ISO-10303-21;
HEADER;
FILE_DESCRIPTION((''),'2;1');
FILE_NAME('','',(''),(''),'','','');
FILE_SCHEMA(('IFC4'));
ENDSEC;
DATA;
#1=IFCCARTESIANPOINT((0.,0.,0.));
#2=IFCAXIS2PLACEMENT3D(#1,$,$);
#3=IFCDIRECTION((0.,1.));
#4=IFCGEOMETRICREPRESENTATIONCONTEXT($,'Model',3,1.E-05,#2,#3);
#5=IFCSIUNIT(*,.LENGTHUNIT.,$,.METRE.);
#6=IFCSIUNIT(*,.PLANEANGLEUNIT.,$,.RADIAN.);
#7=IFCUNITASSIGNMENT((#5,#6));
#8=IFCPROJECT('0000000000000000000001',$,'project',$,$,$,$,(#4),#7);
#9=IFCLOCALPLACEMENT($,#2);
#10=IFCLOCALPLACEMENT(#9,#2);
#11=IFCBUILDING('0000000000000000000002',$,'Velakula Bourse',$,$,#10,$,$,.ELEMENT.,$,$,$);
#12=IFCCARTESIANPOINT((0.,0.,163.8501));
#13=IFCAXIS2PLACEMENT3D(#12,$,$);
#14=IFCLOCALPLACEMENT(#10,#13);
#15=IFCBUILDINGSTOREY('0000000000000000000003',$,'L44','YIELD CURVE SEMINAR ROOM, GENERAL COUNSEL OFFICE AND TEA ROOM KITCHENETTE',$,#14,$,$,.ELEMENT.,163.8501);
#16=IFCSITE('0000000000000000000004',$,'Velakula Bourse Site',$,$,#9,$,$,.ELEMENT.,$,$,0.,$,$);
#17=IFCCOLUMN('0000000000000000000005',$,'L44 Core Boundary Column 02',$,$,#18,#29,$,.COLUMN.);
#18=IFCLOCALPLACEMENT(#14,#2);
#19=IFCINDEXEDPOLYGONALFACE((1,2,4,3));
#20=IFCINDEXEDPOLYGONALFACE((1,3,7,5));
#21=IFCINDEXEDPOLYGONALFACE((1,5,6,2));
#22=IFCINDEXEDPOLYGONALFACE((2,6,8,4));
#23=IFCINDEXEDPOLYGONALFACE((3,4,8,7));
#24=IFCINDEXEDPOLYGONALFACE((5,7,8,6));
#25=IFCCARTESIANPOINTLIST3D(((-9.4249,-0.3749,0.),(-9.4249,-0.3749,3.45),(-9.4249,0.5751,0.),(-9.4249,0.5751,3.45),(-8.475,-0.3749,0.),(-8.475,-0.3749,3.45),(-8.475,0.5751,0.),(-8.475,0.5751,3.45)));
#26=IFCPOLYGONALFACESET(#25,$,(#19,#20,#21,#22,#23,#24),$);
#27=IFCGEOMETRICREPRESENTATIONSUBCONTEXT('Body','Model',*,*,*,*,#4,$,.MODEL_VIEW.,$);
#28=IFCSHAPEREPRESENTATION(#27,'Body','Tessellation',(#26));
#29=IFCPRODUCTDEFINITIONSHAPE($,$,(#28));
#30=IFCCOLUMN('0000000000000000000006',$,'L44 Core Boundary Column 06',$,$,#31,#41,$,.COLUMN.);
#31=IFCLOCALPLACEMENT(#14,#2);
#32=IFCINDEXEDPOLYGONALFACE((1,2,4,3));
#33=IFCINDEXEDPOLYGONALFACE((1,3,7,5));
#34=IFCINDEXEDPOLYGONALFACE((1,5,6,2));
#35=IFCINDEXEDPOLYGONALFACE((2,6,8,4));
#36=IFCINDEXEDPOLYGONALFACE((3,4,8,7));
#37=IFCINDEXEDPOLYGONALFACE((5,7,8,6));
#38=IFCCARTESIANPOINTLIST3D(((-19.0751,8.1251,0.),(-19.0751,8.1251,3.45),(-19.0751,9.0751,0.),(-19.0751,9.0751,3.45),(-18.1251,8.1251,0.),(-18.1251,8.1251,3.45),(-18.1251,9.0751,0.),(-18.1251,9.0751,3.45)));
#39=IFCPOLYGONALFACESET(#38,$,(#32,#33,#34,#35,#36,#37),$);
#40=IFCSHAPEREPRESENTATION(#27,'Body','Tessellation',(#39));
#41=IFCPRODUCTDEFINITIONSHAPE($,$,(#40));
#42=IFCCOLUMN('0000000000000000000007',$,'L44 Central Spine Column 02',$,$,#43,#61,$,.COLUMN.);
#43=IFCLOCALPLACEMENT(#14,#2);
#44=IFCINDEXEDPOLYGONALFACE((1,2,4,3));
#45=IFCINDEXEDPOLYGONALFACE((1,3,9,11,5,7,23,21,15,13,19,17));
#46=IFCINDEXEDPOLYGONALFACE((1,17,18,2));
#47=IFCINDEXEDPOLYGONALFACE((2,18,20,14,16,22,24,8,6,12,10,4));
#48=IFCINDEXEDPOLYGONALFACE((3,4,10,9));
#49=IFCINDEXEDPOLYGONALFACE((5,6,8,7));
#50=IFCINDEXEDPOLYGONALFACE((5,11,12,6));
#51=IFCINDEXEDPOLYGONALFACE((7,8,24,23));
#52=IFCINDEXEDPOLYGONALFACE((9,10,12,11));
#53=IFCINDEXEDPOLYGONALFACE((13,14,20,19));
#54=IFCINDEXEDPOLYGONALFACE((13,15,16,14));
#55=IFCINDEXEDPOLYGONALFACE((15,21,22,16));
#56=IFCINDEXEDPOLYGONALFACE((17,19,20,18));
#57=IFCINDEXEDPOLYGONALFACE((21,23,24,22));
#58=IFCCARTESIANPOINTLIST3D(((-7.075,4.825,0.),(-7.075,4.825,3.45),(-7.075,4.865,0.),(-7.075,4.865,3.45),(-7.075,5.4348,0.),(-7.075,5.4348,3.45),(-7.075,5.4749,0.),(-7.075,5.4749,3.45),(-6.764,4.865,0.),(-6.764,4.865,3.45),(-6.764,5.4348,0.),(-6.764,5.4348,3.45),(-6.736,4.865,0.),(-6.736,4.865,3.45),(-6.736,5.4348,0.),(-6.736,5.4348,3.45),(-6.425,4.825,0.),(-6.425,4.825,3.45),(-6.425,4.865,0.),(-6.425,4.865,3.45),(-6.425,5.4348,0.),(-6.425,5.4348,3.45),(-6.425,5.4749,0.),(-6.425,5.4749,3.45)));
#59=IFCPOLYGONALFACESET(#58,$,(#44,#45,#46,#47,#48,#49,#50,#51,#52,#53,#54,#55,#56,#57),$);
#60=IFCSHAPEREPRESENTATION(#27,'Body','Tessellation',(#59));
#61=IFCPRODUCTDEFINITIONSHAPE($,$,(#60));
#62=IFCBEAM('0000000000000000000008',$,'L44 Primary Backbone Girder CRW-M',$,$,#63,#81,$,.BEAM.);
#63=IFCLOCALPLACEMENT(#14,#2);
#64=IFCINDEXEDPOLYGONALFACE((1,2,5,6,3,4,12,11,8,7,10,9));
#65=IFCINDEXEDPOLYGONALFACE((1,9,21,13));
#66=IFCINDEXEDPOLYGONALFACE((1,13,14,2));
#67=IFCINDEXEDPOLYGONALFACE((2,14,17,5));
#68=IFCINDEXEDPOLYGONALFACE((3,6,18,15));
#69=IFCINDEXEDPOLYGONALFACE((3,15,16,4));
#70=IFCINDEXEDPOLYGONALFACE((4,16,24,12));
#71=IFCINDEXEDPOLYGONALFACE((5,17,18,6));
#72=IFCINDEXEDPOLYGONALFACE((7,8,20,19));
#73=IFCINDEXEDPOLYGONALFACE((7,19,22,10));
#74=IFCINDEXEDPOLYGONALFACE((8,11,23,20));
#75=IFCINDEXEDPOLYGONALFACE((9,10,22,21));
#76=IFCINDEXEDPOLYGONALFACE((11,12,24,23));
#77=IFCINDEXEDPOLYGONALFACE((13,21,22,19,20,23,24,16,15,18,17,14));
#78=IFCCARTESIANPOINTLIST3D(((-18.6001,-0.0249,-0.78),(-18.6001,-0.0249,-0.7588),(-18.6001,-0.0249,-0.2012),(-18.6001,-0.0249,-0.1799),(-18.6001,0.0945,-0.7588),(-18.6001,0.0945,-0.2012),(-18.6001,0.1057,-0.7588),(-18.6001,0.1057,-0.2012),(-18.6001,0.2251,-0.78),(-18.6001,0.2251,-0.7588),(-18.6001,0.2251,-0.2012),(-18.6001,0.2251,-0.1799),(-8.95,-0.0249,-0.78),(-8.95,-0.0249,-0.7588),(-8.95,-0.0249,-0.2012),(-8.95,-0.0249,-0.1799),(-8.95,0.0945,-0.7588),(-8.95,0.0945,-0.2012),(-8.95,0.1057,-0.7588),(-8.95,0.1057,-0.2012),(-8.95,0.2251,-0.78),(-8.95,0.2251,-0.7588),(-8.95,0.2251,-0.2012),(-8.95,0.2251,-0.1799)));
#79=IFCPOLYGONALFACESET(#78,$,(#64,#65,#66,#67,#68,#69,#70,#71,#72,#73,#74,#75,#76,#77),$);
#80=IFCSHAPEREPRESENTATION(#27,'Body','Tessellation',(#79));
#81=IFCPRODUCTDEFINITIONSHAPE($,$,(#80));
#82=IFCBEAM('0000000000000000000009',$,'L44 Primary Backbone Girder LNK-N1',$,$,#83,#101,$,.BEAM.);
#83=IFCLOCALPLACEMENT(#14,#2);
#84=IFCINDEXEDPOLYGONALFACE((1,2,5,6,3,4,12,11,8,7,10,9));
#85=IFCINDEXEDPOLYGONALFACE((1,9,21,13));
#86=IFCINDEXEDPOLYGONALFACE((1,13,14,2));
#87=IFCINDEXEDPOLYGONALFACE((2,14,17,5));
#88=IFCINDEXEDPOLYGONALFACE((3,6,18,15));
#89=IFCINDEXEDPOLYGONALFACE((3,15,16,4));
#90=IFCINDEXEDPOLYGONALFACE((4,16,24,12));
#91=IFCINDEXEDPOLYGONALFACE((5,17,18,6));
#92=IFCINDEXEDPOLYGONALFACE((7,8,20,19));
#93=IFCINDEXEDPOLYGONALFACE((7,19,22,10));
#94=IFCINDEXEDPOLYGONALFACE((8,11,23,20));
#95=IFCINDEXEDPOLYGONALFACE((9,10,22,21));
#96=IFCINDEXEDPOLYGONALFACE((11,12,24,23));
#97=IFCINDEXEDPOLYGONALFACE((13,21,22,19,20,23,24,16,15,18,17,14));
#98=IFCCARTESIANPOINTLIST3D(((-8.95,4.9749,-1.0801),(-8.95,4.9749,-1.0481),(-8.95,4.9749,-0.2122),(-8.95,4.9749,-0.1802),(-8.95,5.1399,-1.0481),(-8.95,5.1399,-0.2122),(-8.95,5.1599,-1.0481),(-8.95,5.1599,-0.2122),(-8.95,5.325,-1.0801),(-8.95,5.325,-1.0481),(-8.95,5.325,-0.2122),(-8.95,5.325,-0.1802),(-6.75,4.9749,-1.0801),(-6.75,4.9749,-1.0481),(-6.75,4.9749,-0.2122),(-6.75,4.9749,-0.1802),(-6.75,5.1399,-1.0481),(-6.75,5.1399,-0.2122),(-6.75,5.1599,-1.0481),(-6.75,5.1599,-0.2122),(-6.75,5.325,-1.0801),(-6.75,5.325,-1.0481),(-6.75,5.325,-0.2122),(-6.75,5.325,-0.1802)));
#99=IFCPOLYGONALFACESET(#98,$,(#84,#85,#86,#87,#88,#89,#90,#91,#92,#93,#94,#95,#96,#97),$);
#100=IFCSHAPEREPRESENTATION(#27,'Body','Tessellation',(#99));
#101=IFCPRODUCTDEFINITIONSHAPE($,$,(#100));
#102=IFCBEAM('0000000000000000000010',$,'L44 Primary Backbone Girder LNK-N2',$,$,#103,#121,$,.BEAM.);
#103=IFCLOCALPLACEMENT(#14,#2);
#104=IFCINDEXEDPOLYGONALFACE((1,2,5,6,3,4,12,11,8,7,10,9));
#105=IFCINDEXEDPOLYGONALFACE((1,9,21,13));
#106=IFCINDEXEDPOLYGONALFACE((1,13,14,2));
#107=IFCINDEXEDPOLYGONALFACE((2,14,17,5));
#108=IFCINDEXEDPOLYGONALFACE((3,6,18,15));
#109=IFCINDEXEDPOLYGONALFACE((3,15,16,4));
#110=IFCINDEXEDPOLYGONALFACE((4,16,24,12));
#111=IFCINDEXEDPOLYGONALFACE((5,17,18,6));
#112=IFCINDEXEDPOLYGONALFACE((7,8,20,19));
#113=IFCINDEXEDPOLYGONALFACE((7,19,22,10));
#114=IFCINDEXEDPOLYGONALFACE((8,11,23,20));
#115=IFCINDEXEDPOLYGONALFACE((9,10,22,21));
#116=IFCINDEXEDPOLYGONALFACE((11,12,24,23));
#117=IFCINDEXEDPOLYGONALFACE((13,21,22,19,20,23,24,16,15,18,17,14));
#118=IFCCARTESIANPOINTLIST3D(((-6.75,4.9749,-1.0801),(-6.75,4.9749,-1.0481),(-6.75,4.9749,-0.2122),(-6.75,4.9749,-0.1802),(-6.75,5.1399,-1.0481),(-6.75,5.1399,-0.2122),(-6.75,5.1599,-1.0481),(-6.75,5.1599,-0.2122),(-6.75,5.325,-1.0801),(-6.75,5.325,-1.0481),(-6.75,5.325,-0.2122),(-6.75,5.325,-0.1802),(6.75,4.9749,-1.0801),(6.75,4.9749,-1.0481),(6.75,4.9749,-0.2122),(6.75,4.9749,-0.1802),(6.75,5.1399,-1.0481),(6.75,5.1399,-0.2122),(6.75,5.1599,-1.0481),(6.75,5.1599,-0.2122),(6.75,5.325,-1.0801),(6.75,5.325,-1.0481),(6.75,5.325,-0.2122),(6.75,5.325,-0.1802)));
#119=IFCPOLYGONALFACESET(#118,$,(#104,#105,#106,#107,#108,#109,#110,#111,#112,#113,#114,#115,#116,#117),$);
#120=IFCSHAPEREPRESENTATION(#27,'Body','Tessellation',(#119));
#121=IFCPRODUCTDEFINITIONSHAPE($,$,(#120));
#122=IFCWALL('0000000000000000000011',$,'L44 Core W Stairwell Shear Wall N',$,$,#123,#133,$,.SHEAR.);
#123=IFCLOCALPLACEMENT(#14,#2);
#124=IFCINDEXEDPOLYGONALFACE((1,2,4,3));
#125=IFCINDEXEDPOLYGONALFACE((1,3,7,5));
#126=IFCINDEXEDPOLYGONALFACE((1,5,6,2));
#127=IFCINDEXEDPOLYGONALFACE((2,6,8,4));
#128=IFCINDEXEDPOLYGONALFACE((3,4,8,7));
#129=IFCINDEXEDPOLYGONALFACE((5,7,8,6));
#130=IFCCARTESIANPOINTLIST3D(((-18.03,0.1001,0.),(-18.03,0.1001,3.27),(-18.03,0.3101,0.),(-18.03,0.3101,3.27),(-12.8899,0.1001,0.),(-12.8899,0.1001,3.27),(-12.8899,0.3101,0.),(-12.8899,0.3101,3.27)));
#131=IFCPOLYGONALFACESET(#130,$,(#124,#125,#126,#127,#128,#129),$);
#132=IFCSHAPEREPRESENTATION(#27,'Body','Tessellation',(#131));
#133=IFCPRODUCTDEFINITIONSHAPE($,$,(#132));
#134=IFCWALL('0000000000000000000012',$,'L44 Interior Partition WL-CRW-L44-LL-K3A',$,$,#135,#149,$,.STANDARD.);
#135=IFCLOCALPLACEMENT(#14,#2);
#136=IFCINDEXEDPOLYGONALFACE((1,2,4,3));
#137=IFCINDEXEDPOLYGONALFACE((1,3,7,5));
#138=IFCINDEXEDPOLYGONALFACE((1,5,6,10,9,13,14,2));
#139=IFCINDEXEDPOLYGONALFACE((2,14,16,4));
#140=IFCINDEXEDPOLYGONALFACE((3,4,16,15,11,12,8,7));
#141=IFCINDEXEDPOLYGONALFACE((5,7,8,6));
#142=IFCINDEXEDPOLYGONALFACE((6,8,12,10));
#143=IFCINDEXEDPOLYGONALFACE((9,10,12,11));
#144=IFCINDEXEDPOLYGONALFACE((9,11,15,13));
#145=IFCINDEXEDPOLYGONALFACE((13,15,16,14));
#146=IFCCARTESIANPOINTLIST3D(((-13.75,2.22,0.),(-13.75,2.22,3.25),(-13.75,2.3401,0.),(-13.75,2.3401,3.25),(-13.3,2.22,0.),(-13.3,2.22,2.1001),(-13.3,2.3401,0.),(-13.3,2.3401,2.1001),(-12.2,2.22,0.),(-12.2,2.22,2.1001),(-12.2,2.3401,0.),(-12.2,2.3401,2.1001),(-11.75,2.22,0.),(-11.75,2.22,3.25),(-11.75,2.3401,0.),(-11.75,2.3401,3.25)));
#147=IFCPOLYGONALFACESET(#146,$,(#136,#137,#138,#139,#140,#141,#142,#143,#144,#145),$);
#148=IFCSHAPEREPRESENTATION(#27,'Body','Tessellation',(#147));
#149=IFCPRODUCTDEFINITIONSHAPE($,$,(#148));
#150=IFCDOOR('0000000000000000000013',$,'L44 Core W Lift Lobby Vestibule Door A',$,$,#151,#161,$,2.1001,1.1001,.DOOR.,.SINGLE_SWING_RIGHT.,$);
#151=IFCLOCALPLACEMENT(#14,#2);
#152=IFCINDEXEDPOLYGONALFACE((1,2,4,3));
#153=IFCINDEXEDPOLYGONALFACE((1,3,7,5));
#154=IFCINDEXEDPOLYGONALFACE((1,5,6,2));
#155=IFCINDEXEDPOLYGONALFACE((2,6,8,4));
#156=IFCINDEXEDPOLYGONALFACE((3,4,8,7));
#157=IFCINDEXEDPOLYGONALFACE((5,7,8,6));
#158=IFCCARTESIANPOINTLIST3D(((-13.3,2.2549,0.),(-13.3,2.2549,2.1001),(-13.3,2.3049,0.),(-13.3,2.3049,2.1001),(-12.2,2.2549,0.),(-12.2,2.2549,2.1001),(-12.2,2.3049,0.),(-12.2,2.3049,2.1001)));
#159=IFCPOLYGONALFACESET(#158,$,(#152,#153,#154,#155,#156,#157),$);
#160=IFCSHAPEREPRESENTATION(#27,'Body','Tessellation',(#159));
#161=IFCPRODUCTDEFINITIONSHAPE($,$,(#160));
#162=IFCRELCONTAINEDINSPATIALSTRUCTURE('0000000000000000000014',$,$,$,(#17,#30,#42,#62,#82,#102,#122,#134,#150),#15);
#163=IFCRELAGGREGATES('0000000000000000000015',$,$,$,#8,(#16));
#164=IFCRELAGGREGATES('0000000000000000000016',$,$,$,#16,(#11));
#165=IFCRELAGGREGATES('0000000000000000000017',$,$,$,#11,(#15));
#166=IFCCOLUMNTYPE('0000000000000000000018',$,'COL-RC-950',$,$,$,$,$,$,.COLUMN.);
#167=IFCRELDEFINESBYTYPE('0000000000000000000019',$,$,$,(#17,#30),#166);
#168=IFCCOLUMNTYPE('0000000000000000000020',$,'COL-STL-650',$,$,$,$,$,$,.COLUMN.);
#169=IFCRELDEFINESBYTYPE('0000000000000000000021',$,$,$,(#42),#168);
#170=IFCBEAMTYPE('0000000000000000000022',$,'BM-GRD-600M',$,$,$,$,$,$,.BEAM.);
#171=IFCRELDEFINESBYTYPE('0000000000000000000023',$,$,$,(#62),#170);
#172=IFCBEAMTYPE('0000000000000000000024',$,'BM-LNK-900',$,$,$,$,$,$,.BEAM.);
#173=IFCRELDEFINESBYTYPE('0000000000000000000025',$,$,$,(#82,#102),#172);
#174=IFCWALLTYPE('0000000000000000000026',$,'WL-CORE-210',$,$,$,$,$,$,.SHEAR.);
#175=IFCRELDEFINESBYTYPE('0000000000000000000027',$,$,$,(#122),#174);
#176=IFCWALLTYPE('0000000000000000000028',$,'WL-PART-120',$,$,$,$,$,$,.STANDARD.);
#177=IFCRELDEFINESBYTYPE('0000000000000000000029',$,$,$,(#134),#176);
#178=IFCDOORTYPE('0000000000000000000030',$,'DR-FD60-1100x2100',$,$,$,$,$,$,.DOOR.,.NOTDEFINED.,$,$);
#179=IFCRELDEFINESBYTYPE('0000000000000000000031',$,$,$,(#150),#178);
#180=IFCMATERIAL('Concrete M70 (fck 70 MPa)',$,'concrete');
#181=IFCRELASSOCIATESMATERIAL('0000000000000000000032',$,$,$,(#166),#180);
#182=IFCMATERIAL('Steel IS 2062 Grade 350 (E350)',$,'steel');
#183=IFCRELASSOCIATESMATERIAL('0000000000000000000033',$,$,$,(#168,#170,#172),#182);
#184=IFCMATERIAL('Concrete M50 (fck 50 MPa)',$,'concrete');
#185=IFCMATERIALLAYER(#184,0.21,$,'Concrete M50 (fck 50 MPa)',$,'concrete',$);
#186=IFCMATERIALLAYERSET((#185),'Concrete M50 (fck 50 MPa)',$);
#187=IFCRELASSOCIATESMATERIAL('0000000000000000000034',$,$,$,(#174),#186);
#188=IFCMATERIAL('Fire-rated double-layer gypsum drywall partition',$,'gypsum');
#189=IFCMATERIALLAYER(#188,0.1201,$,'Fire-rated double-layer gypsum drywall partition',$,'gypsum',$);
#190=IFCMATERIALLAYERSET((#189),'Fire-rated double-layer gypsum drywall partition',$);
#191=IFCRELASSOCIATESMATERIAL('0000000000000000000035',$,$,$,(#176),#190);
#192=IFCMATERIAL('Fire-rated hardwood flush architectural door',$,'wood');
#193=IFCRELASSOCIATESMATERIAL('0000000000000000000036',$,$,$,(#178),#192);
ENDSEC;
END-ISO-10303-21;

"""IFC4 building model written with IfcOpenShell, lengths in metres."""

from ifc_helpers import new_model, si_unit, direction, frame, frame_2d, origin, origin_2d, place, context, subcontext, project, spatial, rectangle, i_section, extrude, material, layer, layer_set, material_profile, profile_set, type_object, element, fill, save


model = new_model("IFC4")

# Units and contexts
model_context = context("Model", 3, precision=1e-05, world=origin(), true_north=direction((0.0, 1.0)))
body_context = subcontext(model_context, "Body", "Model", "MODEL_VIEW")
ifc_project = project(units=[si_unit("LENGTHUNIT", "METRE"), si_unit("PLANEANGLEUNIT", "RADIAN")], contexts=[model_context])

# Site, building, storey
site_placement = place(None, origin())
site = spatial("IfcSite", under=ifc_project, at=site_placement, Name="Velakula Bourse Site", CompositionType="ELEMENT", RefElevation=0.0)
building_placement = place(site_placement, origin())
building = spatial("IfcBuilding", under=site, at=building_placement, Name="Velakula Bourse", CompositionType="ELEMENT")
storey_placement = place(building_placement, frame((0.0, 0.0, 163.8501)))
storey = spatial("IfcBuildingStorey", under=building, at=storey_placement, Name="L44", Description="YIELD CURVE SEMINAR ROOM, GENERAL COUNSEL OFFICE AND TEA ROOM KITCHENETTE", CompositionType="ELEMENT", Elevation=163.8501)

# Columns
ifc_material_1 = material(Name="Concrete M70 (fck 70 MPa)", Category="concrete")
ifc_material_profile_1 = material_profile(ifc_material_1, rectangle(XDim=0.95, YDim=0.95, at=origin_2d()), Name="Concrete M70 (fck 70 MPa)")
ifc_profile_set_1 = profile_set([ifc_material_profile_1], Name="Concrete M70 (fck 70 MPa)")
column_type_1 = type_object("IfcColumnType", Name="COL-RC-950", PredefinedType="COLUMN", material=ifc_profile_set_1)
for number, where, z_axis, x_axis, name in (
    (1, (-8.95, 0.1001, 0.0), (0.0, 0.0, 1.0), (1.0, 0.0, 0.0), "L44 Core Boundary Column 02"),
    (2, (-18.6001, 8.6001, 0.0), (0.0, 0.0, 1.0), (1.0, 0.0, 0.0), "L44 Core Boundary Column 06"),
):
    element("IfcColumn", number, at=place(storey_placement, frame(where, z_axis=z_axis, x_axis=x_axis)), inside=storey, type_object=column_type_1, Name=name, PredefinedType="COLUMN", context=body_context, shape_type="SweptSolid", body=[
        extrude(rectangle(XDim=0.95, YDim=0.95, at=origin_2d()), origin(), (0.0, 0.0, 1.0), 3.45),
    ])
ifc_material_2 = material(Name="Steel IS 2062 Grade 350 (E350)", Category="steel")
ifc_material_profile_2 = material_profile(ifc_material_2, i_section(OverallWidth=0.6499, OverallDepth=0.6499, WebThickness=0.0281, FlangeThickness=0.04, at=origin_2d()), Name="Steel IS 2062 Grade 350 (E350)")
ifc_profile_set_2 = profile_set([ifc_material_profile_2], Name="Steel IS 2062 Grade 350 (E350)")
column_type_2 = type_object("IfcColumnType", Name="COL-STL-650", PredefinedType="COLUMN", material=ifc_profile_set_2)
column_placement = place(storey_placement, frame((-6.75, 5.1499, 0.0), z_axis=(0.0, 0.0, 1.0), x_axis=(1.0, 0.0, 0.0)))
element("IfcColumn", 3, at=column_placement, inside=storey, type_object=column_type_2, Name="L44 Central Spine Column 02", PredefinedType="COLUMN", context=body_context, shape_type="SweptSolid", body=[
    extrude(i_section(OverallWidth=0.6499, OverallDepth=0.6499, WebThickness=0.0281, FlangeThickness=0.04, at=origin_2d()), origin(), (0.0, 0.0, 1.0), 3.45),
])

# Beams
ifc_material_profile_3 = material_profile(ifc_material_2, i_section(OverallWidth=0.25, OverallDepth=0.6001, WebThickness=0.0112, FlangeThickness=0.0212, at=origin_2d()), Name="Steel IS 2062 Grade 350 (E350)")
ifc_profile_set_3 = profile_set([ifc_material_profile_3], Name="Steel IS 2062 Grade 350 (E350)")
beam_type_1 = type_object("IfcBeamType", Name="BM-GRD-600M", PredefinedType="BEAM", material=ifc_profile_set_3)
beam_1_placement = place(storey_placement, frame((-18.6001, 0.1001, -0.48), z_axis=(1.0, 0.0, 0.0), x_axis=(0.0, 1.0, 0.0)))
element("IfcBeam", 4, at=beam_1_placement, inside=storey, type_object=beam_type_1, Name="L44 Primary Backbone Girder CRW-M", PredefinedType="BEAM", context=body_context, shape_type="SweptSolid", body=[
    extrude(i_section(OverallWidth=0.25, OverallDepth=0.6001, WebThickness=0.0112, FlangeThickness=0.0212, at=origin_2d()), origin(), (0.0, 0.0, 1.0), 9.6501),
])
ifc_material_profile_4 = material_profile(ifc_material_2, i_section(OverallWidth=0.3501, OverallDepth=0.8999, WebThickness=0.02, FlangeThickness=0.032, at=origin_2d()), Name="Steel IS 2062 Grade 350 (E350)")
ifc_profile_set_4 = profile_set([ifc_material_profile_4], Name="Steel IS 2062 Grade 350 (E350)")
beam_type_2 = type_object("IfcBeamType", Name="BM-LNK-900", PredefinedType="BEAM", material=ifc_profile_set_4)
beam_2_placement = place(storey_placement, frame((-8.95, 5.1499, -0.6301), z_axis=(1.0, 0.0, 0.0), x_axis=(0.0, 1.0, 0.0)))
element("IfcBeam", 5, at=beam_2_placement, inside=storey, type_object=beam_type_2, Name="L44 Primary Backbone Girder LNK-N1", PredefinedType="BEAM", context=body_context, shape_type="SweptSolid", body=[
    extrude(i_section(OverallWidth=0.3501, OverallDepth=0.8999, WebThickness=0.02, FlangeThickness=0.032, at=origin_2d()), origin(), (0.0, 0.0, 1.0), 2.2),
])
beam_3_placement = place(storey_placement, frame((-6.75, 5.1499, -0.6301), z_axis=(1.0, 0.0, 0.0), x_axis=(0.0, 1.0, 0.0)))
element("IfcBeam", 6, at=beam_3_placement, inside=storey, type_object=beam_type_2, Name="L44 Primary Backbone Girder LNK-N2", PredefinedType="BEAM", context=body_context, shape_type="SweptSolid", body=[
    extrude(i_section(OverallWidth=0.3501, OverallDepth=0.8999, WebThickness=0.02, FlangeThickness=0.032, at=origin_2d()), origin(), (0.0, 0.0, 1.0), 13.5),
])

# Wall
ifc_material_3 = material(Name="Concrete M50 (fck 50 MPa)", Category="concrete")
ifc_layer_1 = layer(ifc_material_3, 0.21, Name="Concrete M50 (fck 50 MPa)", Category="concrete")
ifc_layer_set_1 = layer_set([ifc_layer_1], Name="Concrete M50 (fck 50 MPa)")
wall_type_1 = type_object("IfcWallType", Name="WL-CORE-210", PredefinedType="SHEAR", material=ifc_layer_set_1)
wall_1_placement = place(storey_placement, frame((-12.8899, 0.2051, 0.0), z_axis=(0.0, 0.0, 1.0), x_axis=(-1.0, 0.0, 0.0)))
element("IfcWall", 7, at=wall_1_placement, inside=storey, type_object=wall_type_1, Name="L44 Core W Stairwell Shear Wall N", PredefinedType="SHEAR", context=body_context, shape_type="SweptSolid", body=[
    extrude(rectangle(XDim=5.1401, YDim=0.21, at=frame_2d((2.5701, 0.0))), origin(), (0.0, 0.0, 1.0), 3.27),
])

# Wall, opening, door
ifc_material_4 = material(Name="Fire-rated double-layer gypsum drywall partition", Category="gypsum")
ifc_layer_2 = layer(ifc_material_4, 0.1201, Name="Fire-rated double-layer gypsum drywall partition", Category="gypsum")
ifc_layer_set_2 = layer_set([ifc_layer_2], Name="Fire-rated double-layer gypsum drywall partition")
wall_type_2 = type_object("IfcWallType", Name="WL-PART-120", PredefinedType="STANDARD", material=ifc_layer_set_2)
wall_2_placement = place(storey_placement, frame((-13.75, 2.28, 0.0), z_axis=(0.0, 0.0, 1.0), x_axis=(1.0, 0.0, 0.0)))
wall_2 = element("IfcWall", 8, at=wall_2_placement, inside=storey, type_object=wall_type_2, Name="L44 Interior Partition WL-CRW-L44-LL-K3A", PredefinedType="STANDARD", context=body_context, shape_type="SweptSolid", body=[
    extrude(rectangle(XDim=2.0, YDim=0.1201, at=frame_2d((1.0, 0.0))), origin(), (0.0, 0.0, 1.0), 3.25),
])
opening_1_placement = place(wall_2_placement, frame((0.45, 0.0, 0.0)))
opening_1 = element("IfcOpeningElement", 9, at=opening_1_placement, cuts=wall_2, PredefinedType="OPENING", context=body_context, shape_type="SweptSolid", body=[
    extrude(rectangle(XDim=1.1001, YDim=2.1001, at=frame_2d((0.55, 1.05))), frame((0.0, 0.0701, 0.0), z_axis=(0.0, -1.0, 0.0), x_axis=(1.0, 0.0, 0.0)), (0.0, 0.0, 1.0), 0.1401),
])
ifc_material_5 = material(Name="Fire-rated hardwood flush architectural door", Category="wood")
door_type_1 = type_object("IfcDoorType", Name="DR-FD60-1100x2100", OperationType="NOTDEFINED", PredefinedType="DOOR", material=ifc_material_5)
door_1_placement = place(opening_1_placement, origin())
door_1 = element("IfcDoor", 10, at=door_1_placement, inside=storey, type_object=door_type_1, Name="L44 Core W Lift Lobby Vestibule Door A", OperationType="SINGLE_SWING_RIGHT", OverallHeight=2.1001, OverallWidth=1.1001, PredefinedType="DOOR", context=body_context, shape_type="SweptSolid", body=[
    extrude(rectangle(XDim=1.1001, YDim=2.1001, at=frame_2d((0.55, 1.05))), frame((0.0, 0.0249, 0.0), z_axis=(0.0, -1.0, 0.0), x_axis=(1.0, 0.0, 0.0)), (0.0, 0.0, 1.0), 0.05),
])
fill(opening_1, door_1)

save(model, "model.ifc")
